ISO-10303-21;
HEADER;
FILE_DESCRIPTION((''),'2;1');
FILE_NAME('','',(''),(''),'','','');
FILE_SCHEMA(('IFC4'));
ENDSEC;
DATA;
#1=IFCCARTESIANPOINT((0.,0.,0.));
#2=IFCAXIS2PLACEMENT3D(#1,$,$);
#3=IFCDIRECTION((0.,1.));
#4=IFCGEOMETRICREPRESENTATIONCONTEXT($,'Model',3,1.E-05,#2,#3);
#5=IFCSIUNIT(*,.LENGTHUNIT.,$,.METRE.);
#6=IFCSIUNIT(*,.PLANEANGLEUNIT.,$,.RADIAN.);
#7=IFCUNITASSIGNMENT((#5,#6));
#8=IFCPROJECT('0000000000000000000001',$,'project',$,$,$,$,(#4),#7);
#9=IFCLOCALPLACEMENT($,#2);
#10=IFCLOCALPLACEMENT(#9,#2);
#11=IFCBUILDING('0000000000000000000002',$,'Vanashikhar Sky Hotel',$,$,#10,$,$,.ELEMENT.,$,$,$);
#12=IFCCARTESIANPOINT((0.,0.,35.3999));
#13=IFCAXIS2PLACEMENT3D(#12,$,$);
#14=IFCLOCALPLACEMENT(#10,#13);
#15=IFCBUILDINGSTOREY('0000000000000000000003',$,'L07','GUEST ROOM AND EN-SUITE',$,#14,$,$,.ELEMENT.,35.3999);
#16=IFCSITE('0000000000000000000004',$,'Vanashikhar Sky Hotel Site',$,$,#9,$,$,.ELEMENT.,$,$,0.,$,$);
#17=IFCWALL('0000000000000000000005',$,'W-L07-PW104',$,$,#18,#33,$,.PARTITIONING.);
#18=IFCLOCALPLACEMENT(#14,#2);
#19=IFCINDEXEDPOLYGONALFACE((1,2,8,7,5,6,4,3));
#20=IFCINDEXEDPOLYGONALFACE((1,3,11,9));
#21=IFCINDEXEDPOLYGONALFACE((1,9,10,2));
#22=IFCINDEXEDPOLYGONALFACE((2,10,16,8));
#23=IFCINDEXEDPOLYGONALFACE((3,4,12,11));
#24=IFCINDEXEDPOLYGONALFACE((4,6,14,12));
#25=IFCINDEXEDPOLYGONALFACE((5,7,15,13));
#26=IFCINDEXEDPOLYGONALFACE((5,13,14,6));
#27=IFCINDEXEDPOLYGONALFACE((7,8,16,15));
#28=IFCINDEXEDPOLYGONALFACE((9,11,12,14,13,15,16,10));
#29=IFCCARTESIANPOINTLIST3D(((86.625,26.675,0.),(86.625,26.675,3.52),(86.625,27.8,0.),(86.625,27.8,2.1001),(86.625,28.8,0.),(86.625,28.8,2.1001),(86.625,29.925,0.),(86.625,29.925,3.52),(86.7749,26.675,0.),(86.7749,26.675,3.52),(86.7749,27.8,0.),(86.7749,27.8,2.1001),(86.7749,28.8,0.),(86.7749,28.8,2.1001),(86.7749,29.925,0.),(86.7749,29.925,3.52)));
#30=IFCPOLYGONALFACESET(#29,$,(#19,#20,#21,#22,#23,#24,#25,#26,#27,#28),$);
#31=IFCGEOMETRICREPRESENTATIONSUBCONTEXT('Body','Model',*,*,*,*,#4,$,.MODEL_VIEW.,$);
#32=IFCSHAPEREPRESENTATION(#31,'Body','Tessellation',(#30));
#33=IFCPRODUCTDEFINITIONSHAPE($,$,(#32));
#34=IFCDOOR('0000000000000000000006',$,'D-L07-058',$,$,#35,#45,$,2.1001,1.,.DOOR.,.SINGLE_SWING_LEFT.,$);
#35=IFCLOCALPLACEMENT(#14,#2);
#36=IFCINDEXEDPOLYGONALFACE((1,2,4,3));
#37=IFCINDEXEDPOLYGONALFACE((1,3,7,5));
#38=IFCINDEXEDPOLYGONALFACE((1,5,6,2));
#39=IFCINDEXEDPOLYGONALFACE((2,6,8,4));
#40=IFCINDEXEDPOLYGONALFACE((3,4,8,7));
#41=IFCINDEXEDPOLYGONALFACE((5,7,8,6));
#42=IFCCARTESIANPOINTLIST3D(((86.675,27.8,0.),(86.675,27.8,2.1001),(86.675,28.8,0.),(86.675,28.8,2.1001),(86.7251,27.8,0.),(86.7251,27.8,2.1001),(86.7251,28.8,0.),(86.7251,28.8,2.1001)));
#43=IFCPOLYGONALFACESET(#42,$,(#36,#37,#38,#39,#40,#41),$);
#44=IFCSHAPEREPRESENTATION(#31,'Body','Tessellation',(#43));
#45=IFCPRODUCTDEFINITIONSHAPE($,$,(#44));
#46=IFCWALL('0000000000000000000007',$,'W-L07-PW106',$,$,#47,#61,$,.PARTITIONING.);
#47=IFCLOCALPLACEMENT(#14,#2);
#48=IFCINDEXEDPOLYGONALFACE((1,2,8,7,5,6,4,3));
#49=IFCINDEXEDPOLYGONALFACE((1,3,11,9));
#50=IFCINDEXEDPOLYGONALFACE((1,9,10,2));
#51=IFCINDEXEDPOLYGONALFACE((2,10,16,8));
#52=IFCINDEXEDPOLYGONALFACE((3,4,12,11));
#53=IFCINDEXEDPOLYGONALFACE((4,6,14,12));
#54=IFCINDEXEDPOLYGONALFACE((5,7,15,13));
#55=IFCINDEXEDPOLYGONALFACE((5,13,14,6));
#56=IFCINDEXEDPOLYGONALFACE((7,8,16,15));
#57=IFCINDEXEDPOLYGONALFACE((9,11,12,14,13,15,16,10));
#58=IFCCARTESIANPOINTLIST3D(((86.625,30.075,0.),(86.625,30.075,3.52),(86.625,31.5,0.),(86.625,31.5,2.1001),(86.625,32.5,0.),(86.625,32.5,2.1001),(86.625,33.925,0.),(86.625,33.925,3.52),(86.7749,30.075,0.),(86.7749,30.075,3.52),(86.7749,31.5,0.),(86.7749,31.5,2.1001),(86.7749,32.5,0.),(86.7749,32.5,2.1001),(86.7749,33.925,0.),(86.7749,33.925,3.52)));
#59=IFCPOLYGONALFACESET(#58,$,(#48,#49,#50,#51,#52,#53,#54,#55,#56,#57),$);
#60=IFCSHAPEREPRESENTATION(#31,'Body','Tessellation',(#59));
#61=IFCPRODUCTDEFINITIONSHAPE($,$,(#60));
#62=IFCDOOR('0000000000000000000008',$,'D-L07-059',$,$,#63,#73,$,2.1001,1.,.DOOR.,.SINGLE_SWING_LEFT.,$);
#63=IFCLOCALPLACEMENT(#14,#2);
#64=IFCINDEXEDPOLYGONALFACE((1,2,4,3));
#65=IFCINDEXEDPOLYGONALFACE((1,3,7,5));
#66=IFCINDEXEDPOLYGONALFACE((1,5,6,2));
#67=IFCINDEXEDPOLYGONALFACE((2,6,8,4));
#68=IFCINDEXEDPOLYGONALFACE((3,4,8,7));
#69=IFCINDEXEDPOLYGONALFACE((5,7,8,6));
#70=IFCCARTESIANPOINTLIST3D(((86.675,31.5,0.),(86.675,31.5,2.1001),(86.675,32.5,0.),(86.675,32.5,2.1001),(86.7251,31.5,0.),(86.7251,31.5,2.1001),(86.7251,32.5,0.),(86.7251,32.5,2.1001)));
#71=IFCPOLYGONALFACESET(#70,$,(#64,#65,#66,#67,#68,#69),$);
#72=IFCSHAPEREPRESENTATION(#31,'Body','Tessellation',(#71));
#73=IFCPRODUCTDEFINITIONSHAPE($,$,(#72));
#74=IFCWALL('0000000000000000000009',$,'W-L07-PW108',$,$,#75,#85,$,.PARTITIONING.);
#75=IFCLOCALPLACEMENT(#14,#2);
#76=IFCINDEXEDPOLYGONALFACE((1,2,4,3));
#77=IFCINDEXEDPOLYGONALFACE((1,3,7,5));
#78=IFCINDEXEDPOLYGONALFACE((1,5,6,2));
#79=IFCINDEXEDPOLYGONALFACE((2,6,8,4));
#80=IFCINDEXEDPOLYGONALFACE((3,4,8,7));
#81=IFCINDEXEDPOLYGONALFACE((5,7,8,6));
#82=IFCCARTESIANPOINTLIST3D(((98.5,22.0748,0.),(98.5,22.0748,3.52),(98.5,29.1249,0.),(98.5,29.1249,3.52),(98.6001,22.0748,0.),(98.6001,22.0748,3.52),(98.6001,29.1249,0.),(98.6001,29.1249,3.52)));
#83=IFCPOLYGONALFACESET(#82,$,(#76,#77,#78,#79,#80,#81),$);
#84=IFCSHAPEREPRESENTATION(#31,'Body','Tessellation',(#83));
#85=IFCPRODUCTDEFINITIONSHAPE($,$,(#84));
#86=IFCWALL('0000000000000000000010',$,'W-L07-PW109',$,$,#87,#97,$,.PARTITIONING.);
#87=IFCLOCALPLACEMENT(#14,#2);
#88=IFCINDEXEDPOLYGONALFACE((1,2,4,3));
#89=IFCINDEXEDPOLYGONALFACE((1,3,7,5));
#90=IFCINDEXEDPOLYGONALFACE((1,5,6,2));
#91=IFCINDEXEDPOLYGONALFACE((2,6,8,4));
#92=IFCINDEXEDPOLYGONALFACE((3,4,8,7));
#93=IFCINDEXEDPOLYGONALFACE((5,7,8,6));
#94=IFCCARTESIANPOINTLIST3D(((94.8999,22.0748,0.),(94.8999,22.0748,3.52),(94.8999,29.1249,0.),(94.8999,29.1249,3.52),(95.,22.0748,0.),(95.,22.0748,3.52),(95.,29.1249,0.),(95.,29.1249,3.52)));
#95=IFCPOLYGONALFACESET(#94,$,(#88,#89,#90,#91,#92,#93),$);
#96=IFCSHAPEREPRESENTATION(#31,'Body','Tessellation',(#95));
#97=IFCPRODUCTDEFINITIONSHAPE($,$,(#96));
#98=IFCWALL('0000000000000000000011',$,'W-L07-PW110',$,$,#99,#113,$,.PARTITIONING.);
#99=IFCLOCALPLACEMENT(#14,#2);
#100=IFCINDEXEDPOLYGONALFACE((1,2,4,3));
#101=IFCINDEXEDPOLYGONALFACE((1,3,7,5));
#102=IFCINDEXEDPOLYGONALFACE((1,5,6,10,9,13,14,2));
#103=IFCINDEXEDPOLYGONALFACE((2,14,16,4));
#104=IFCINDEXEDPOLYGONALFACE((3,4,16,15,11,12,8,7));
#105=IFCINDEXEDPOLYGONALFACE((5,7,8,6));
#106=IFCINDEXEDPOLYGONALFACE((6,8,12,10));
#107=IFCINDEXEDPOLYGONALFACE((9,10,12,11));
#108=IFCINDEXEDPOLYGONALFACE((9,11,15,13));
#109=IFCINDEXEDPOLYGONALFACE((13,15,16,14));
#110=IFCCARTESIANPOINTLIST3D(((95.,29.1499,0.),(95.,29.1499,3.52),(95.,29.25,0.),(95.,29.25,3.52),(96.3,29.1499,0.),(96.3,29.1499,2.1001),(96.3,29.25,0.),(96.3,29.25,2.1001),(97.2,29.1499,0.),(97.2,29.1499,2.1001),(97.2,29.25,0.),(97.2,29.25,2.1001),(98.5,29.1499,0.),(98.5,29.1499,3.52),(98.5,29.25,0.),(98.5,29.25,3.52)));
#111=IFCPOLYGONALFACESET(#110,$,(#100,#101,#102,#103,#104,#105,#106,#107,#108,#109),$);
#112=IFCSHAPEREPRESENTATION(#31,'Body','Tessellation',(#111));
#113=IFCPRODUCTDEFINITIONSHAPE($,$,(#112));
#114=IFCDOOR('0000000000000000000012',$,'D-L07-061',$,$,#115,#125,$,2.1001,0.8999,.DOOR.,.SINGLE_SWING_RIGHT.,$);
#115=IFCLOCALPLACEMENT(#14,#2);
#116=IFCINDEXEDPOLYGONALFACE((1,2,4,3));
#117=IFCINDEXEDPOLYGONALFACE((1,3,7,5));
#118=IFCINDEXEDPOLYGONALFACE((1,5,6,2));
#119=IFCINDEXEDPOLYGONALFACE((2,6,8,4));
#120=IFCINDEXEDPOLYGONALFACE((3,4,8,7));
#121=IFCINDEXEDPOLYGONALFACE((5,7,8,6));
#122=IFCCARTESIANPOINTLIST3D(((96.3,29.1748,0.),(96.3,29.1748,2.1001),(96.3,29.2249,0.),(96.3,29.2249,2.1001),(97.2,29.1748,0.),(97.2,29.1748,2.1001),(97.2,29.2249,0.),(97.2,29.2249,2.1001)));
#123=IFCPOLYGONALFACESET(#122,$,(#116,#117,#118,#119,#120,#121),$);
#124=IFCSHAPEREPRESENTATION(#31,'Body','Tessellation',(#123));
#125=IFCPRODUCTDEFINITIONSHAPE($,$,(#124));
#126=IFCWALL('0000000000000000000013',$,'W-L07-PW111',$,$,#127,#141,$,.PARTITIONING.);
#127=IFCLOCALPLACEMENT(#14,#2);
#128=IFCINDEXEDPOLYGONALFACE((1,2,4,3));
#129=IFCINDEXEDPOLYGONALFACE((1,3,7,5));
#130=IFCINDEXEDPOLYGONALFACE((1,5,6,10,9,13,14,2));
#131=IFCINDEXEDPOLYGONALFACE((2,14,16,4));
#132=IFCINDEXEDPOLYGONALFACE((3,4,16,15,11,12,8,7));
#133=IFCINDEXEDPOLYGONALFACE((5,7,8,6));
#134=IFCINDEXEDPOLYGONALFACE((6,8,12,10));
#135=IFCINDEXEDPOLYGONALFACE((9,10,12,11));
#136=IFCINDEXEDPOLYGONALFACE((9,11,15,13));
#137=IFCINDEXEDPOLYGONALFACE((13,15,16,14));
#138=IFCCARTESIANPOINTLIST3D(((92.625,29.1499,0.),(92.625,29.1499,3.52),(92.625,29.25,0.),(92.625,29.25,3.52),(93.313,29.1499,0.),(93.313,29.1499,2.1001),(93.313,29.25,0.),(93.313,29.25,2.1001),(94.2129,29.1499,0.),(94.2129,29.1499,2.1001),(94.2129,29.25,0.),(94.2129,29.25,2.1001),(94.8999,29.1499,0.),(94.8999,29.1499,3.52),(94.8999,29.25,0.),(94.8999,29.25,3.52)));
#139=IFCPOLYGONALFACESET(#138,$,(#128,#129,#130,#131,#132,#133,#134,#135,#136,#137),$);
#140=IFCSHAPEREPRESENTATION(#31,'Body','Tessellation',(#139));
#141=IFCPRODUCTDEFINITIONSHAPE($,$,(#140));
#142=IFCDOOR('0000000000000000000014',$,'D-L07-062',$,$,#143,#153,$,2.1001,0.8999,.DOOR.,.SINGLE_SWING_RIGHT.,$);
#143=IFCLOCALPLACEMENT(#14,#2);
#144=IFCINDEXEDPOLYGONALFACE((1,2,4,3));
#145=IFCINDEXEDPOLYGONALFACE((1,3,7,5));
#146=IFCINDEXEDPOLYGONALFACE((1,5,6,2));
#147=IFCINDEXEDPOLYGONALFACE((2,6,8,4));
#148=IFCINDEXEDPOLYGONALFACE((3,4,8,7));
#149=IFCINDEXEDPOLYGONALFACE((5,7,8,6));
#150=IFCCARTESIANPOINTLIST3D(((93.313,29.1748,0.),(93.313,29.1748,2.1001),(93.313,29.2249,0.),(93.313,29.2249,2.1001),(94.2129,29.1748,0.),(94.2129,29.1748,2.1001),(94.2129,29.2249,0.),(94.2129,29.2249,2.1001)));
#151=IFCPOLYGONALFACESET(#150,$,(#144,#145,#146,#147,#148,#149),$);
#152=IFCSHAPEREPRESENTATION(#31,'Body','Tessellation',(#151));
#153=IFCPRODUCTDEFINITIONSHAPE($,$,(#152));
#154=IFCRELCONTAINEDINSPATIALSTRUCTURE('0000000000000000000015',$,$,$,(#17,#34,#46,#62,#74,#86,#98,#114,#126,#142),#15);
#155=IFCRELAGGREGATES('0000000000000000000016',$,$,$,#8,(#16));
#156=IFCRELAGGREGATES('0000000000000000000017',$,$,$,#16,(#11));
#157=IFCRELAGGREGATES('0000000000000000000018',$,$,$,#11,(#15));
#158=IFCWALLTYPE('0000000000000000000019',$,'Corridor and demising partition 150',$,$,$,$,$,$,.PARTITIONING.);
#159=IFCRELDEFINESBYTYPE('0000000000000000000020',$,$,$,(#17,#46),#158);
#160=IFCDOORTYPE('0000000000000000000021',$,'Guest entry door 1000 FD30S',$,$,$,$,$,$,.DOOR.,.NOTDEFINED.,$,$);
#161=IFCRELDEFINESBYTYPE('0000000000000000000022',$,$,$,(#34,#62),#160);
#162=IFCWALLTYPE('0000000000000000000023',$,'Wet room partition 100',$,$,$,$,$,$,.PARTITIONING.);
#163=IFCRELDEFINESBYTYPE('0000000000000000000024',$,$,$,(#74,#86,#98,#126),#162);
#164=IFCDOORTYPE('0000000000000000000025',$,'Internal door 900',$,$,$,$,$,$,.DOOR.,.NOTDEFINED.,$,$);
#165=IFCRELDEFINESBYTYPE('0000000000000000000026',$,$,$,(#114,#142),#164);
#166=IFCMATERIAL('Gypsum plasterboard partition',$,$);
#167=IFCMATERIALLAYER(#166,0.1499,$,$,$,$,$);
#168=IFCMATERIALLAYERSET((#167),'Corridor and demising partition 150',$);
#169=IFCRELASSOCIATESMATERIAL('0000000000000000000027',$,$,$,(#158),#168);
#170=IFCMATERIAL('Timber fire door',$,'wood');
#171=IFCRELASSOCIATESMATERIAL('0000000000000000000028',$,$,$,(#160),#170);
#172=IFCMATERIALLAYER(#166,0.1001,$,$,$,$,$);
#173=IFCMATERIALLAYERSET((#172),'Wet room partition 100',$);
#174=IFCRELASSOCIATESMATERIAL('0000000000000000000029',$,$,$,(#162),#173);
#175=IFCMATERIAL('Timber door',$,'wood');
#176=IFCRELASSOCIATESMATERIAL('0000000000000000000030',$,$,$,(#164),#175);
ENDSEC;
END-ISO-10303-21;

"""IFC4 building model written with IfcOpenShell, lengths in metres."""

from ifc_helpers import new_model, si_unit, direction, frame, frame_2d, origin, place, context, subcontext, project, spatial, rectangle, extrude, source, transform, mapped, material, layer, layer_set, type_object, element, fill, save


model = new_model("IFC4")

# Units and contexts
model_context = context("Model", 3, precision=1e-05, world=origin(), true_north=direction((0.0, 1.0)))
body_context = subcontext(model_context, "Body", "Model", "MODEL_VIEW")
ifc_project = project(units=[si_unit("LENGTHUNIT", "METRE"), si_unit("PLANEANGLEUNIT", "RADIAN")], contexts=[model_context])

# Site, building, storey
site_placement = place(None, origin())
site = spatial("IfcSite", under=ifc_project, at=site_placement, Name="Vanashikhar Sky Hotel Site", CompositionType="ELEMENT", RefElevation=0.0)
building_placement = place(site_placement, origin())
building = spatial("IfcBuilding", under=site, at=building_placement, Name="Vanashikhar Sky Hotel", CompositionType="ELEMENT")
storey_placement = place(building_placement, frame((0.0, 0.0, 35.3999)))
storey = spatial("IfcBuildingStorey", under=building, at=storey_placement, Name="L07", Description="GUEST ROOM AND EN-SUITE", CompositionType="ELEMENT", Elevation=35.3999)

# Walls, openings, doors
ifc_material_1 = material(Name="Gypsum plasterboard partition")
ifc_layer_1 = layer(ifc_material_1, 0.1499)
ifc_layer_set_1 = layer_set([ifc_layer_1], Name="Corridor and demising partition 150")
wall_type_1 = type_object("IfcWallType", Name="Corridor and demising partition 150", PredefinedType="PARTITIONING", material=ifc_layer_set_1)
shared_shape_1 = source(origin(), body_context, "Body", "SweptSolid", [
    extrude(rectangle(XDim=3.25, YDim=0.1499, at=frame_2d((1.625, 0.0))), origin(), (0.0, 0.0, 1.0), 3.52),
])
wall_1_placement = place(storey_placement, frame((86.7, 26.675, 0.0), z_axis=(0.0, 0.0, 1.0), x_axis=(0.0, 1.0, 0.0)))
wall_1 = element("IfcWall", 1, at=wall_1_placement, inside=storey, type_object=wall_type_1, Name="W-L07-PW104", PredefinedType="PARTITIONING", context=body_context, shape_type="MappedRepresentation", body=[
    mapped(shared_shape_1, transform((0.0, 0.0, 0.0), scale=1.0)),
])
shared_shape_2 = source(origin(), body_context, "Body", "SweptSolid", [
    extrude(rectangle(XDim=1.0, YDim=2.1001, at=frame_2d((0.5, 1.05))), frame((0.0, 0.085, 0.0), z_axis=(0.0, -1.0, 0.0), x_axis=(1.0, 0.0, 0.0)), (0.0, 0.0, 1.0), 0.1699),
])
opening_1_placement = place(wall_1_placement, frame((1.125, 0.0, 0.0)))
opening_1 = element("IfcOpeningElement", 2, at=opening_1_placement, cuts=wall_1, PredefinedType="OPENING", context=body_context, shape_type="MappedRepresentation", body=[
    mapped(shared_shape_2, transform((0.0, 0.0, 0.0), scale=1.0)),
])
ifc_material_2 = material(Name="Timber fire door", Category="wood")
door_type_1 = type_object("IfcDoorType", Name="Guest entry door 1000 FD30S", OperationType="NOTDEFINED", PredefinedType="DOOR", material=ifc_material_2)
shared_shape_3 = source(origin(), body_context, "Body", "SweptSolid", [
    extrude(rectangle(XDim=1.0, YDim=2.1001, at=frame_2d((0.5, 1.05))), frame((0.0, 0.0249, 0.0), z_axis=(0.0, -1.0, 0.0), x_axis=(1.0, 0.0, 0.0)), (0.0, 0.0, 1.0), 0.05),
])
door_1_placement = place(opening_1_placement, origin())
door_1 = element("IfcDoor", 3, at=door_1_placement, inside=storey, type_object=door_type_1, Name="D-L07-058", OperationType="SINGLE_SWING_LEFT", OverallHeight=2.1001, OverallWidth=1.0, PredefinedType="DOOR", context=body_context, shape_type="MappedRepresentation", body=[
    mapped(shared_shape_3, transform((0.0, 0.0, 0.0), scale=1.0)),
])
fill(opening_1, door_1)
shared_shape_4 = source(origin(), body_context, "Body", "SweptSolid", [
    extrude(rectangle(XDim=3.8501, YDim=0.1499, at=frame_2d((1.925, 0.0))), origin(), (0.0, 0.0, 1.0), 3.52),
])
wall_2_placement = place(storey_placement, frame((86.7, 30.075, 0.0), z_axis=(0.0, 0.0, 1.0), x_axis=(0.0, 1.0, 0.0)))
wall_2 = element("IfcWall", 4, at=wall_2_placement, inside=storey, type_object=wall_type_1, Name="W-L07-PW106", PredefinedType="PARTITIONING", context=body_context, shape_type="MappedRepresentation", body=[
    mapped(shared_shape_4, transform((0.0, 0.0, 0.0), scale=1.0)),
])
opening_2_placement = place(wall_2_placement, frame((1.425, 0.0, 0.0)))
opening_2 = element("IfcOpeningElement", 5, at=opening_2_placement, cuts=wall_2, PredefinedType="OPENING", context=body_context, shape_type="MappedRepresentation", body=[
    mapped(shared_shape_2, transform((0.0, 0.0, 0.0), scale=1.0)),
])
door_2_placement = place(opening_2_placement, origin())
door_2 = element("IfcDoor", 6, at=door_2_placement, inside=storey, type_object=door_type_1, Name="D-L07-059", OperationType="SINGLE_SWING_LEFT", OverallHeight=2.1001, OverallWidth=1.0, PredefinedType="DOOR", context=body_context, shape_type="MappedRepresentation", body=[
    mapped(shared_shape_3, transform((0.0, 0.0, 0.0), scale=1.0)),
])
fill(opening_2, door_2)

# Walls
ifc_layer_2 = layer(ifc_material_1, 0.1001)
ifc_layer_set_2 = layer_set([ifc_layer_2], Name="Wet room partition 100")
wall_type_2 = type_object("IfcWallType", Name="Wet room partition 100", PredefinedType="PARTITIONING", material=ifc_layer_set_2)
shared_shape_5 = source(origin(), body_context, "Body", "SweptSolid", [
    extrude(rectangle(XDim=7.05, YDim=0.1001, at=frame_2d((3.5249, 0.0))), origin(), (0.0, 0.0, 1.0), 3.52),
])
for number, where, z_axis, x_axis, name in (
    (7, (98.55, 22.075, 0.0), (0.0, 0.0, 1.0), (0.0, 1.0, 0.0), "W-L07-PW108"),
    (8, (94.95, 22.075, 0.0), (0.0, 0.0, 1.0), (0.0, 1.0, 0.0), "W-L07-PW109"),
):
    element("IfcWall", number, at=place(storey_placement, frame(where, z_axis=z_axis, x_axis=x_axis)), inside=storey, type_object=wall_type_2, Name=name, PredefinedType="PARTITIONING", context=body_context, shape_type="MappedRepresentation", body=[
        mapped(shared_shape_5, transform((0.0, 0.0, 0.0), scale=1.0)),
    ])

# Walls, openings, doors
shared_shape_6 = source(origin(), body_context, "Body", "SweptSolid", [
    extrude(rectangle(XDim=3.5, YDim=0.1001, at=frame_2d((1.75, 0.0))), origin(), (0.0, 0.0, 1.0), 3.52),
])
wall_3_placement = place(storey_placement, frame((95.0, 29.2, 0.0), z_axis=(0.0, 0.0, 1.0), x_axis=(1.0, 0.0, 0.0)))
wall_3 = element("IfcWall", 9, at=wall_3_placement, inside=storey, type_object=wall_type_2, Name="W-L07-PW110", PredefinedType="PARTITIONING", context=body_context, shape_type="MappedRepresentation", body=[
    mapped(shared_shape_6, transform((0.0, 0.0, 0.0), scale=1.0)),
])
shared_shape_7 = source(origin(), body_context, "Body", "SweptSolid", [
    extrude(rectangle(XDim=0.8999, YDim=2.1001, at=frame_2d((0.45, 1.05))), frame((0.0, 0.0601, 0.0), z_axis=(0.0, -1.0, 0.0), x_axis=(1.0, 0.0, 0.0)), (0.0, 0.0, 1.0), 0.1201),
])
opening_3_placement = place(wall_3_placement, frame((1.3, 0.0, 0.0)))
opening_3 = element("IfcOpeningElement", 10, at=opening_3_placement, cuts=wall_3, PredefinedType="OPENING", context=body_context, shape_type="MappedRepresentation", body=[
    mapped(shared_shape_7, transform((0.0, 0.0, 0.0), scale=1.0)),
])
ifc_material_3 = material(Name="Timber door", Category="wood")
door_type_2 = type_object("IfcDoorType", Name="Internal door 900", OperationType="NOTDEFINED", PredefinedType="DOOR", material=ifc_material_3)
shared_shape_8 = source(origin(), body_context, "Body", "SweptSolid", [
    extrude(rectangle(XDim=0.8999, YDim=2.1001, at=frame_2d((0.45, 1.05))), frame((0.0, 0.0249, 0.0), z_axis=(0.0, -1.0, 0.0), x_axis=(1.0, 0.0, 0.0)), (0.0, 0.0, 1.0), 0.05),
])
door_3_placement = place(opening_3_placement, origin())
door_3 = element("IfcDoor", 11, at=door_3_placement, inside=storey, type_object=door_type_2, Name="D-L07-061", OperationType="SINGLE_SWING_RIGHT", OverallHeight=2.1001, OverallWidth=0.8999, PredefinedType="DOOR", context=body_context, shape_type="MappedRepresentation", body=[
    mapped(shared_shape_8, transform((0.0, 0.0, 0.0), scale=1.0)),
])
fill(opening_3, door_3)
shared_shape_9 = source(origin(), body_context, "Body", "SweptSolid", [
    extrude(rectangle(XDim=2.2749, YDim=0.1001, at=frame_2d((1.1375, 0.0))), origin(), (0.0, 0.0, 1.0), 3.52),
])
wall_4_placement = place(storey_placement, frame((92.625, 29.2, 0.0), z_axis=(0.0, 0.0, 1.0), x_axis=(1.0, 0.0, 0.0)))
wall_4 = element("IfcWall", 12, at=wall_4_placement, inside=storey, type_object=wall_type_2, Name="W-L07-PW111", PredefinedType="PARTITIONING", context=body_context, shape_type="MappedRepresentation", body=[
    mapped(shared_shape_9, transform((0.0, 0.0, 0.0), scale=1.0)),
])
opening_4_placement = place(wall_4_placement, frame((0.688, 0.0, 0.0)))
opening_4 = element("IfcOpeningElement", 13, at=opening_4_placement, cuts=wall_4, PredefinedType="OPENING", context=body_context, shape_type="MappedRepresentation", body=[
    mapped(shared_shape_7, transform((0.0, 0.0, 0.0), scale=1.0)),
])
door_4_placement = place(opening_4_placement, origin())
door_4 = element("IfcDoor", 14, at=door_4_placement, inside=storey, type_object=door_type_2, Name="D-L07-062", OperationType="SINGLE_SWING_RIGHT", OverallHeight=2.1001, OverallWidth=0.8999, PredefinedType="DOOR", context=body_context, shape_type="MappedRepresentation", body=[
    mapped(shared_shape_8, transform((0.0, 0.0, 0.0), scale=1.0)),
])
fill(opening_4, door_4)

save(model, "model.ifc")
